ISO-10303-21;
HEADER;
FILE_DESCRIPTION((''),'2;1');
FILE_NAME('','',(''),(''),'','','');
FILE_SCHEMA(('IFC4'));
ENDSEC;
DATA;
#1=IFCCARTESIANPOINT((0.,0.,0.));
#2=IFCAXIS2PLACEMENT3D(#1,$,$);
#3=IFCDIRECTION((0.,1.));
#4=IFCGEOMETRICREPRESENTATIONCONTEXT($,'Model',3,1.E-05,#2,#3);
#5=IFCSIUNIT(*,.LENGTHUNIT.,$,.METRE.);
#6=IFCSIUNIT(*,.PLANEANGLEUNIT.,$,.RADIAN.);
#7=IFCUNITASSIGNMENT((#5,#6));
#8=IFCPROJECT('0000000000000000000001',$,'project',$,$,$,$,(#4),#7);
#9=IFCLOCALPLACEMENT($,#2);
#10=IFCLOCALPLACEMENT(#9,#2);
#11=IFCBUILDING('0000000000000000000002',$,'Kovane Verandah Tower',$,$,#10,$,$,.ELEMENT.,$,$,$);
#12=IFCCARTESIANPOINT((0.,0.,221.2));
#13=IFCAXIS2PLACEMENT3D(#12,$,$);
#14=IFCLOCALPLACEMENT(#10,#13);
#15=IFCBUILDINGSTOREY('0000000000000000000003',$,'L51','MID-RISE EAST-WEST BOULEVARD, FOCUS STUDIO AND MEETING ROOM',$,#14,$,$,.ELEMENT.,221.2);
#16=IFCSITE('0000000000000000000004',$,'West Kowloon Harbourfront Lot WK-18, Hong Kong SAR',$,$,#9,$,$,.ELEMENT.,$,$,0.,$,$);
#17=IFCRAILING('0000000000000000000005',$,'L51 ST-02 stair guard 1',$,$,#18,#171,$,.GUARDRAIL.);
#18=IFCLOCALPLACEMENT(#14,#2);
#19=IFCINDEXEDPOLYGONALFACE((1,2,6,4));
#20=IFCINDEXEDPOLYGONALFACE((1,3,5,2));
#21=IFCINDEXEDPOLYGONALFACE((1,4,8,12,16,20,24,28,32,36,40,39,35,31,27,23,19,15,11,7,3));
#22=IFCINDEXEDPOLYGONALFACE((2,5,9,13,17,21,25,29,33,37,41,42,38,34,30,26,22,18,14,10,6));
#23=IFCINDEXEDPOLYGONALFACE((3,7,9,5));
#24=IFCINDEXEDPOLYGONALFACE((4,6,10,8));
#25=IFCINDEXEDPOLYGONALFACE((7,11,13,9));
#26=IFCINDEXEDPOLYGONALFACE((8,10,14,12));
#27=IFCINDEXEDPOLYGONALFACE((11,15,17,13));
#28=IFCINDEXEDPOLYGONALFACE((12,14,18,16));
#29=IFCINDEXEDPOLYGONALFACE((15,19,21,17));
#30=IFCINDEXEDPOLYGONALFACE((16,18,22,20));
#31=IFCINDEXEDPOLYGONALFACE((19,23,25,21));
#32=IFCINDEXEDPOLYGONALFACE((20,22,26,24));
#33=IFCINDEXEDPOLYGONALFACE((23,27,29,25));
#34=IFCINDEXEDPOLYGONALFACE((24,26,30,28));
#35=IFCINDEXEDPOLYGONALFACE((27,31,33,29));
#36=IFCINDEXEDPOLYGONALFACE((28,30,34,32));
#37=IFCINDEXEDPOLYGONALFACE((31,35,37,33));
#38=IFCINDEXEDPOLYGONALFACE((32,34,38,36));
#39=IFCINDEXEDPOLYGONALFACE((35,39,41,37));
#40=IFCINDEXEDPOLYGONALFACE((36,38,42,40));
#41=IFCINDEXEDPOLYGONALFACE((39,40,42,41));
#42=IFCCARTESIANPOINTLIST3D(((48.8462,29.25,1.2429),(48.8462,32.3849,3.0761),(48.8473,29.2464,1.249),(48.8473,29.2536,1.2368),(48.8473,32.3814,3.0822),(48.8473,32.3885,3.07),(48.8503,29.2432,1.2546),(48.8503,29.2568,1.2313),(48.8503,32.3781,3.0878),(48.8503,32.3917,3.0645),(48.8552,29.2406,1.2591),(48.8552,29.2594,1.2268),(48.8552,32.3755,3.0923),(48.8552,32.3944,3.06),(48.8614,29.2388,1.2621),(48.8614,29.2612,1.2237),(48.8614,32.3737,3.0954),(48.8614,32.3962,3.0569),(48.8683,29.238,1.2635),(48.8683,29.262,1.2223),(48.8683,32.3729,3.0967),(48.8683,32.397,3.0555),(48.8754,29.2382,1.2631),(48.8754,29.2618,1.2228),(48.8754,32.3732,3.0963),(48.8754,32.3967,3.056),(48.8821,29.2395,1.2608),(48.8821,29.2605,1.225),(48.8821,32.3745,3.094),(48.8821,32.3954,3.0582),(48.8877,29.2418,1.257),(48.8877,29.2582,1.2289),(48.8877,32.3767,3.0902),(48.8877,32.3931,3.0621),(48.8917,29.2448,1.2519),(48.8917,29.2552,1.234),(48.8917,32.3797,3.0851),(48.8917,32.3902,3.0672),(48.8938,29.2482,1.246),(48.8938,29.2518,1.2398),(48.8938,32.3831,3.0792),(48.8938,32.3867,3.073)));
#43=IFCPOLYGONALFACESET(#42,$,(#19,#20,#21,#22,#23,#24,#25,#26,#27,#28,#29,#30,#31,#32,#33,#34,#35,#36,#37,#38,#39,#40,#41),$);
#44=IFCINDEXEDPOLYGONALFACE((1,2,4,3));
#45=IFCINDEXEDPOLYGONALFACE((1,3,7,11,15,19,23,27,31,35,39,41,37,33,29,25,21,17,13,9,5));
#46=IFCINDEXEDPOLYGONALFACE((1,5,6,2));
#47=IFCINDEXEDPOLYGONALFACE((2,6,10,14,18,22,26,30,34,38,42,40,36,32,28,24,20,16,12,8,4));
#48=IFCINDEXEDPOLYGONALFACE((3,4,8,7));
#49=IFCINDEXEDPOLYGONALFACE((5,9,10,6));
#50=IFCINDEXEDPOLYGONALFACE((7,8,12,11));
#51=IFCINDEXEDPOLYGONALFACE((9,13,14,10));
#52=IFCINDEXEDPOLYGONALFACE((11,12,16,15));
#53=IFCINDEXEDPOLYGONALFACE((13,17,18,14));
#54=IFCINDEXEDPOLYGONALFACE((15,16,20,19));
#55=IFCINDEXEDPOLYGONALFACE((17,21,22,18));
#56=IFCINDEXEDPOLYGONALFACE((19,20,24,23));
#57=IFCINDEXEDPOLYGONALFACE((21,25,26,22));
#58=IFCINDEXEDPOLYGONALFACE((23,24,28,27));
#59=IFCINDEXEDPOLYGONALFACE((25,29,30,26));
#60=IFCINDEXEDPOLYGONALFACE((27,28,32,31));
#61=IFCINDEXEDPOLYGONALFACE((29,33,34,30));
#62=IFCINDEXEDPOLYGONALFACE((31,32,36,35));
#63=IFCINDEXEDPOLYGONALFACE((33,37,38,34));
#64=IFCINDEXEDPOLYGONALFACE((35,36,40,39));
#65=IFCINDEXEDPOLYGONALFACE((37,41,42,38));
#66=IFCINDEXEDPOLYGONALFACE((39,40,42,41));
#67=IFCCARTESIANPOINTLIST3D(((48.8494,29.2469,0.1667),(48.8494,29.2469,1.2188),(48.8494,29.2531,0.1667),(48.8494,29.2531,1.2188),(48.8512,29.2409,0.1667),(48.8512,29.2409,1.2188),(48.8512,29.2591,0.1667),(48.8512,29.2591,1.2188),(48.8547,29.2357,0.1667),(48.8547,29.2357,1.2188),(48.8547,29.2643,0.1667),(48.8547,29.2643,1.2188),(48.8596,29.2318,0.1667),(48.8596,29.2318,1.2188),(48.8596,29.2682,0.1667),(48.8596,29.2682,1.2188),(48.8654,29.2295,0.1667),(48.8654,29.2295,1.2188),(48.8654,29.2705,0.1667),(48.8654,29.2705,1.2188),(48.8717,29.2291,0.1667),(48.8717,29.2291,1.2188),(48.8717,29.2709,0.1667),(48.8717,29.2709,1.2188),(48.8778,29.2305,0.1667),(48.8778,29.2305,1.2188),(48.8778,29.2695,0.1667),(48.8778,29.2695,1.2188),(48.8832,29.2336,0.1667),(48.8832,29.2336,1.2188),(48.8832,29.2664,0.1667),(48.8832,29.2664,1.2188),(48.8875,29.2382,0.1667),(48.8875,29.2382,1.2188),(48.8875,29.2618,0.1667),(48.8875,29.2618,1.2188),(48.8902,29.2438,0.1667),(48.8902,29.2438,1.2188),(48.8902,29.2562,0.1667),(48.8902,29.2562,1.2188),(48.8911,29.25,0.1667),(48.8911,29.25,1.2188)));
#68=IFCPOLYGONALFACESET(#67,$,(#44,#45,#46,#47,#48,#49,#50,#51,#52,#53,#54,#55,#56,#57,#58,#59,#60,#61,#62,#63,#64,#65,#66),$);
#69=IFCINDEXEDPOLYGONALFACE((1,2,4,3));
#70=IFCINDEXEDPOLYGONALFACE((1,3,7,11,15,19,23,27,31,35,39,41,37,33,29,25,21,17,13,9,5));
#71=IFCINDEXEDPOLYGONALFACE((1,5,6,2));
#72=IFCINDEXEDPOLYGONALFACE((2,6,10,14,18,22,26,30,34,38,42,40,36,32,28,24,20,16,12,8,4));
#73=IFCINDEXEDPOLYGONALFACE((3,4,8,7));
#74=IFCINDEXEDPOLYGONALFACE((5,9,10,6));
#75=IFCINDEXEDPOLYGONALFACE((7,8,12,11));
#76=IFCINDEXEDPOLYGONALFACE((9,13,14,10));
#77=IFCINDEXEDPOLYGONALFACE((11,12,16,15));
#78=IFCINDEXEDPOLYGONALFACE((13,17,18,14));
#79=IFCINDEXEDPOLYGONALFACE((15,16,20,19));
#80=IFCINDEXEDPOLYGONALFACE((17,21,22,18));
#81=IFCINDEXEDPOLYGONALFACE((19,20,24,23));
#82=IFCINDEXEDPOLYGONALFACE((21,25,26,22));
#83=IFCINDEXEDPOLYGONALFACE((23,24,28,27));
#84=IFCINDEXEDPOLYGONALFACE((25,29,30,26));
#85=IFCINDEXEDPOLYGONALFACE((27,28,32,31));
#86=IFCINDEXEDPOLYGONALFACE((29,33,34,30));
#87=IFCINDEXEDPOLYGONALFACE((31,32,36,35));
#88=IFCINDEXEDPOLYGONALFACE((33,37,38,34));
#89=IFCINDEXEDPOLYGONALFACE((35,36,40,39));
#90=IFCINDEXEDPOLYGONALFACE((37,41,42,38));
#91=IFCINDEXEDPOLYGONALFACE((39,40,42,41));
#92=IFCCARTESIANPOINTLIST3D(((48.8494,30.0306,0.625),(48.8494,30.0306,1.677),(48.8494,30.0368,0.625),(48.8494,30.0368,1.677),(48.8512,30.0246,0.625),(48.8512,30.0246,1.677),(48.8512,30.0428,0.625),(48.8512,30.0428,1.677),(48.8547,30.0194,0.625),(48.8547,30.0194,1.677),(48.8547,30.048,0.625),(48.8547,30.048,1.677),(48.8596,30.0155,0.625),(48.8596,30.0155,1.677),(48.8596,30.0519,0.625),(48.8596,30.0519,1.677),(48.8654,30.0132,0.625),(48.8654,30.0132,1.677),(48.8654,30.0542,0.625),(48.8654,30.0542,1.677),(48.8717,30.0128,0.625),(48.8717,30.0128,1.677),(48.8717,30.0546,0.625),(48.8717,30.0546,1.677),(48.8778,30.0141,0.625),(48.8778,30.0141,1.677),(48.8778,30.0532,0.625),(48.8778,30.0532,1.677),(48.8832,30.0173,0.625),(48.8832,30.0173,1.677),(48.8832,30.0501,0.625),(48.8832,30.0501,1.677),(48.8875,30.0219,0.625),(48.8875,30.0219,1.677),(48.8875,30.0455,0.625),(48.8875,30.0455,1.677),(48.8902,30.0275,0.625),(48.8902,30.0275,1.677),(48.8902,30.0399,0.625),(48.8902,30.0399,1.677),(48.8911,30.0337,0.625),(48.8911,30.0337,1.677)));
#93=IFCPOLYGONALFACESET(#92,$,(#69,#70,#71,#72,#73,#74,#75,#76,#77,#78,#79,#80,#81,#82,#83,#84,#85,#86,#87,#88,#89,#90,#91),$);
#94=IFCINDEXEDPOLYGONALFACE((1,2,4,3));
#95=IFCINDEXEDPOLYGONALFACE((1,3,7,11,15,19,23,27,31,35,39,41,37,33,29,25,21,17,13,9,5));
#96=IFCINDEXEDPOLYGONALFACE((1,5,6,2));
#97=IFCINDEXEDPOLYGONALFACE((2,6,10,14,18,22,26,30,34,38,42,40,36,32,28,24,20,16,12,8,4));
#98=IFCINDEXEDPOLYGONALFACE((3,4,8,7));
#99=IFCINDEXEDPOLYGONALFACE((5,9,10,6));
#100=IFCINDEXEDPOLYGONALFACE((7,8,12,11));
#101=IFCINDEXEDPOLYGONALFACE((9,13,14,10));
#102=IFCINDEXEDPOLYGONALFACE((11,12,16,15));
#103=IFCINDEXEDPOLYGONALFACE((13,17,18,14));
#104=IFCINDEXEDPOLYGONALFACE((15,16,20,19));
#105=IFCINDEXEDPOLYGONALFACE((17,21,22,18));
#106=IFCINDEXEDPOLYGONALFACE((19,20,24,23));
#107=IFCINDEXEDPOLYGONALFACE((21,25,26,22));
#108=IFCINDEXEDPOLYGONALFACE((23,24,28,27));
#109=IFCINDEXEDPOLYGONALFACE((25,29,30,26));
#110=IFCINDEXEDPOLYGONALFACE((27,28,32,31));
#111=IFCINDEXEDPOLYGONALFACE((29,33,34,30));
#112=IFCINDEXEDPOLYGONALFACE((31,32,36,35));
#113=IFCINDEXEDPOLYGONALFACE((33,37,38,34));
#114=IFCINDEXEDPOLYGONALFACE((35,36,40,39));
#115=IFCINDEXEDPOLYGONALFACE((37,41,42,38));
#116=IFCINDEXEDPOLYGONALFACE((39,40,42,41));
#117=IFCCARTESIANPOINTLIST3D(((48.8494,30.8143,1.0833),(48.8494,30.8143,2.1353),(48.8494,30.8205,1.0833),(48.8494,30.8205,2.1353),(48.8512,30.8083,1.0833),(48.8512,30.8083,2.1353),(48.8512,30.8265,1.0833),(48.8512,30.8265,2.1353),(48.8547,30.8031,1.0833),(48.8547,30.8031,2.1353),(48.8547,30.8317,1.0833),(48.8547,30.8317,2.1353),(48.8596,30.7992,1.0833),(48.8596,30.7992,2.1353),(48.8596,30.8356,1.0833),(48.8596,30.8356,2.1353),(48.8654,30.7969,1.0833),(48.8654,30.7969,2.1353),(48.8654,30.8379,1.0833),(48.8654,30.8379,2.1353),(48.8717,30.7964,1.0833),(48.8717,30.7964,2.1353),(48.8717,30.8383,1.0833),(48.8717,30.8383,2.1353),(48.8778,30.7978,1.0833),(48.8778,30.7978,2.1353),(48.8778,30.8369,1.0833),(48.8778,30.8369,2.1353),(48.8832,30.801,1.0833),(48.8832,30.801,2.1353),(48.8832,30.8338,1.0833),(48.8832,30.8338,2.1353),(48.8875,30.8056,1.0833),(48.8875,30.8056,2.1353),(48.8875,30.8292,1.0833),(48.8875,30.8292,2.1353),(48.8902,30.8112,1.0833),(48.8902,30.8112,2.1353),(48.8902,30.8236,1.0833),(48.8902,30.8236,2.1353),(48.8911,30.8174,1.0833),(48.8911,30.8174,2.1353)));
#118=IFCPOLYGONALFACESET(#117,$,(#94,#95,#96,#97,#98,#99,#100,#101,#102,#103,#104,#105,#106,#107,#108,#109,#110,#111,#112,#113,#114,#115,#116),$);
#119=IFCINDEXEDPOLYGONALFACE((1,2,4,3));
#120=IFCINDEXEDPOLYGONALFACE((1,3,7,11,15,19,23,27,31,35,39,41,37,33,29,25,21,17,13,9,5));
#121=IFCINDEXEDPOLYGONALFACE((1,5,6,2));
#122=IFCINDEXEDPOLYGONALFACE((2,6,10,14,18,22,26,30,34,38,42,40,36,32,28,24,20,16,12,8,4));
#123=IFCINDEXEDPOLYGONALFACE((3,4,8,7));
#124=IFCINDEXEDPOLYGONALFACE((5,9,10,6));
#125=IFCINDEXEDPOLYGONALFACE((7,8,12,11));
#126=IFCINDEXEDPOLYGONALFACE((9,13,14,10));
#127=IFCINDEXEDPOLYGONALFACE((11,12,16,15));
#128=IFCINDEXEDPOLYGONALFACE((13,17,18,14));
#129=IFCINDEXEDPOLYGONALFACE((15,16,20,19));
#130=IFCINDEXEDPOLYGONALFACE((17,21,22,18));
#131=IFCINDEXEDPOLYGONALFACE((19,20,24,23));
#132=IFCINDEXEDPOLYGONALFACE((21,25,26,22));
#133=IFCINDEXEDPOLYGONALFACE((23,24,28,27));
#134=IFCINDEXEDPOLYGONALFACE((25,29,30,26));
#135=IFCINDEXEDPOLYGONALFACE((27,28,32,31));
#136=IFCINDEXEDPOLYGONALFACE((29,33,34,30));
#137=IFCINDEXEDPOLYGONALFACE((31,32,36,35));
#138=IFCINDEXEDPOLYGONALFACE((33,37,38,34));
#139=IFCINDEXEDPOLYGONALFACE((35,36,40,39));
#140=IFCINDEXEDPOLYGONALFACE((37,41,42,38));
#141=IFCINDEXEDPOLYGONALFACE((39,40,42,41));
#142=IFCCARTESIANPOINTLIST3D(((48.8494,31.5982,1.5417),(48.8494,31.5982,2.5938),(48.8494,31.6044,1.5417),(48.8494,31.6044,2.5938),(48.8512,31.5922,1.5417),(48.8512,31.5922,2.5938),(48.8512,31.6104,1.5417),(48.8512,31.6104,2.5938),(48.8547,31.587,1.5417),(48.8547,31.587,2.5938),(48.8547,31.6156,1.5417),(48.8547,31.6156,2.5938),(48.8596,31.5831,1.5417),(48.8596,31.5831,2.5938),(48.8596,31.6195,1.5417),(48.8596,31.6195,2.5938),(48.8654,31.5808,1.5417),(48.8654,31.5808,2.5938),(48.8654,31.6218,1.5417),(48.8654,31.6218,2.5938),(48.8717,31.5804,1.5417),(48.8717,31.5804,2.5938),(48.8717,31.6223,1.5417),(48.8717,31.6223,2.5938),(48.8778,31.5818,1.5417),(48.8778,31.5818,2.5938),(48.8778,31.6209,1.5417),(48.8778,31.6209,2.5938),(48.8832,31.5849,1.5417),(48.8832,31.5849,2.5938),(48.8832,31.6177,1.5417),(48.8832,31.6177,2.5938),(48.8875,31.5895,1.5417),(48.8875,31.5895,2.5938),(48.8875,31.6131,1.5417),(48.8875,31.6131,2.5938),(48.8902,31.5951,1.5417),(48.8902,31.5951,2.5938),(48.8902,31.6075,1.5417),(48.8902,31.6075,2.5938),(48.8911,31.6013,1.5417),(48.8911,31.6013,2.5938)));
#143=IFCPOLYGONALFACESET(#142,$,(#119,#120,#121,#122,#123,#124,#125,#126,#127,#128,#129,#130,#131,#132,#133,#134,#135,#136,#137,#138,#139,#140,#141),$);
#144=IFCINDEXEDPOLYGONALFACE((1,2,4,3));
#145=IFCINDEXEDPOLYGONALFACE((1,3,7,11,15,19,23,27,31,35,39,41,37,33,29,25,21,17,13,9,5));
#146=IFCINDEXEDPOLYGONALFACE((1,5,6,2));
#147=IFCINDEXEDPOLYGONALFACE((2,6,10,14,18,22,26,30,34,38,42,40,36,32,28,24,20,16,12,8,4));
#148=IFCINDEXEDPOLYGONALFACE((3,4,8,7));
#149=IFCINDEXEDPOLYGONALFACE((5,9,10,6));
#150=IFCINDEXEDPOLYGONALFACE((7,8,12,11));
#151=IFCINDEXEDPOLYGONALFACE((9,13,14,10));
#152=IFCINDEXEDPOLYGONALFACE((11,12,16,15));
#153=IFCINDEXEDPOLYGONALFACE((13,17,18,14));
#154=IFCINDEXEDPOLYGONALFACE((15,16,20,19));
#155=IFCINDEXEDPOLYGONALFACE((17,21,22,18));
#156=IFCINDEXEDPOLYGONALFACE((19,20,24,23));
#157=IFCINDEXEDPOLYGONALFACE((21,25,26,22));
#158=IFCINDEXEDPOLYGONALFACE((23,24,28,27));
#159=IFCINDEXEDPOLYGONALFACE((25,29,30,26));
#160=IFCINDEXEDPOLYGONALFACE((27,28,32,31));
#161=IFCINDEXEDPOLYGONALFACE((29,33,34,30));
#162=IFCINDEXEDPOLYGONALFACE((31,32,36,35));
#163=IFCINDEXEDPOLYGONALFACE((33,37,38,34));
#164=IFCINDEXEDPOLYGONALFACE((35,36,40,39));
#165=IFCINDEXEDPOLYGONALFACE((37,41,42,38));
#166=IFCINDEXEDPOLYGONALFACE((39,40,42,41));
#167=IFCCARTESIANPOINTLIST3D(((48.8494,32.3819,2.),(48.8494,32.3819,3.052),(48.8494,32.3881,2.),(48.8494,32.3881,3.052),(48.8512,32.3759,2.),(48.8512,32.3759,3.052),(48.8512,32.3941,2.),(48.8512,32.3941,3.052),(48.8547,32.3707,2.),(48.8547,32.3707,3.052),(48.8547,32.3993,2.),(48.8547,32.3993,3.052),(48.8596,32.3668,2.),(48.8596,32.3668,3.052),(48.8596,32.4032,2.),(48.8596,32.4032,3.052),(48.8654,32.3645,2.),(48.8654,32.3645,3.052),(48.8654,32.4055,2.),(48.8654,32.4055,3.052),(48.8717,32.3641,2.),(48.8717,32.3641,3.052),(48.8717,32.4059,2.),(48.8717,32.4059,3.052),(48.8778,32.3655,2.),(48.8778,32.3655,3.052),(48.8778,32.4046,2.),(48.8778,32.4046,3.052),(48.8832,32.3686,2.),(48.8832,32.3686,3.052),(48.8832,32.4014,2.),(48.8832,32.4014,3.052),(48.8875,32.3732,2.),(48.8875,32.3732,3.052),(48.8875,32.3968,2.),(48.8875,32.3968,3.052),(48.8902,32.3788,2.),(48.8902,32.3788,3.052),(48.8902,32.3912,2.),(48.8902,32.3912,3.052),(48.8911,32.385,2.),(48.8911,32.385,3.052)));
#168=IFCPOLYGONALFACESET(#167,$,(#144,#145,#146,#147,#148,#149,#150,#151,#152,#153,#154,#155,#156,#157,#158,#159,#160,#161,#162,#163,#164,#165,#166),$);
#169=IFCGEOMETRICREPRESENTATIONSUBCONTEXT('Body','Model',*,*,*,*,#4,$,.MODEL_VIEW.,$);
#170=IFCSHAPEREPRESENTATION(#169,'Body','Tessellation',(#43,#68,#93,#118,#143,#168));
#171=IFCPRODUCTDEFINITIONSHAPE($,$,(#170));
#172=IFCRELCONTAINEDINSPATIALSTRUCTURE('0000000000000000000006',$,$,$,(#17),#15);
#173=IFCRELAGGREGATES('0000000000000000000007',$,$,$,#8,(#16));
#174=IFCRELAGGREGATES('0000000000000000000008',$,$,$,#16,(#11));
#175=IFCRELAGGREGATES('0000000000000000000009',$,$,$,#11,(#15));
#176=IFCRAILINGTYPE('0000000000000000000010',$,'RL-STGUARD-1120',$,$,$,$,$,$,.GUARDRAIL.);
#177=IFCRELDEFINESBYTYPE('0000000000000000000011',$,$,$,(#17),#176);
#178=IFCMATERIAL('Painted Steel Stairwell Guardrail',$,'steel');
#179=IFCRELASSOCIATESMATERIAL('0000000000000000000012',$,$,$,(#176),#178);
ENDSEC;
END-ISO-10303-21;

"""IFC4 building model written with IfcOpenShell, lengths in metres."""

from ifc_helpers import new_model, si_unit, direction, frame, origin, origin_2d, place, context, subcontext, project, spatial, circle, extrude, material, type_object, element, save


model = new_model("IFC4")

# Units and contexts
model_context = context("Model", 3, precision=1e-05, world=origin(), true_north=direction((0.0, 1.0)))
body_context = subcontext(model_context, "Body", "Model", "MODEL_VIEW")
ifc_project = project(units=[si_unit("LENGTHUNIT", "METRE"), si_unit("PLANEANGLEUNIT", "RADIAN")], contexts=[model_context])

# Site, building, storey
site_placement = place(None, origin())
site = spatial("IfcSite", under=ifc_project, at=site_placement, Name="West Kowloon Harbourfront Lot WK-18, Hong Kong SAR", CompositionType="ELEMENT", RefElevation=0.0)
building_placement = place(site_placement, origin())
building = spatial("IfcBuilding", under=site, at=building_placement, Name="Kovane Verandah Tower", CompositionType="ELEMENT")
storey_placement = place(building_placement, frame((0.0, 0.0, 221.2)))
storey = spatial("IfcBuildingStorey", under=building, at=storey_placement, Name="L51", Description="MID-RISE EAST-WEST BOULEVARD, FOCUS STUDIO AND MEETING ROOM", CompositionType="ELEMENT", Elevation=221.2)

# Railing
ifc_material_1 = material(Name="Painted Steel Stairwell Guardrail", Category="steel")
railing_type_1 = type_object("IfcRailingType", Name="RL-STGUARD-1120", PredefinedType="GUARDRAIL", material=ifc_material_1)
railing_1_placement = place(storey_placement, frame((48.8701, 29.25, 0.1667)))
element("IfcRailing", 1, at=railing_1_placement, inside=storey, type_object=railing_type_1, Name="L51 ST-02 stair guard 1", PredefinedType="GUARDRAIL", context=body_context, shape_type="SweptSolid", body=[
    extrude(circle(Radius=0.0239, at=origin_2d()), frame((0.0, 0.0, 1.0762), z_axis=(0.0, 0.86324, 0.504794), x_axis=(-1.0, 0.0, 0.0)), (0.0, 0.0, 1.0), 3.6316),
    extrude(circle(Radius=0.021, at=origin_2d()), origin(), (0.0, 0.0, 1.0), 1.052),
    extrude(circle(Radius=0.021, at=origin_2d()), frame((0.0, 0.7837, 0.4583)), (0.0, 0.0, 1.0), 1.052),
    extrude(circle(Radius=0.021, at=origin_2d()), frame((0.0, 1.5674, 0.9165)), (0.0, 0.0, 1.0), 1.052),
    extrude(circle(Radius=0.021, at=origin_2d()), frame((0.0, 2.3513, 1.375)), (0.0, 0.0, 1.0), 1.052),
    extrude(circle(Radius=0.021, at=origin_2d()), frame((0.0, 3.135, 1.8333)), (0.0, 0.0, 1.0), 1.052),
])

save(model, "model.ifc")
